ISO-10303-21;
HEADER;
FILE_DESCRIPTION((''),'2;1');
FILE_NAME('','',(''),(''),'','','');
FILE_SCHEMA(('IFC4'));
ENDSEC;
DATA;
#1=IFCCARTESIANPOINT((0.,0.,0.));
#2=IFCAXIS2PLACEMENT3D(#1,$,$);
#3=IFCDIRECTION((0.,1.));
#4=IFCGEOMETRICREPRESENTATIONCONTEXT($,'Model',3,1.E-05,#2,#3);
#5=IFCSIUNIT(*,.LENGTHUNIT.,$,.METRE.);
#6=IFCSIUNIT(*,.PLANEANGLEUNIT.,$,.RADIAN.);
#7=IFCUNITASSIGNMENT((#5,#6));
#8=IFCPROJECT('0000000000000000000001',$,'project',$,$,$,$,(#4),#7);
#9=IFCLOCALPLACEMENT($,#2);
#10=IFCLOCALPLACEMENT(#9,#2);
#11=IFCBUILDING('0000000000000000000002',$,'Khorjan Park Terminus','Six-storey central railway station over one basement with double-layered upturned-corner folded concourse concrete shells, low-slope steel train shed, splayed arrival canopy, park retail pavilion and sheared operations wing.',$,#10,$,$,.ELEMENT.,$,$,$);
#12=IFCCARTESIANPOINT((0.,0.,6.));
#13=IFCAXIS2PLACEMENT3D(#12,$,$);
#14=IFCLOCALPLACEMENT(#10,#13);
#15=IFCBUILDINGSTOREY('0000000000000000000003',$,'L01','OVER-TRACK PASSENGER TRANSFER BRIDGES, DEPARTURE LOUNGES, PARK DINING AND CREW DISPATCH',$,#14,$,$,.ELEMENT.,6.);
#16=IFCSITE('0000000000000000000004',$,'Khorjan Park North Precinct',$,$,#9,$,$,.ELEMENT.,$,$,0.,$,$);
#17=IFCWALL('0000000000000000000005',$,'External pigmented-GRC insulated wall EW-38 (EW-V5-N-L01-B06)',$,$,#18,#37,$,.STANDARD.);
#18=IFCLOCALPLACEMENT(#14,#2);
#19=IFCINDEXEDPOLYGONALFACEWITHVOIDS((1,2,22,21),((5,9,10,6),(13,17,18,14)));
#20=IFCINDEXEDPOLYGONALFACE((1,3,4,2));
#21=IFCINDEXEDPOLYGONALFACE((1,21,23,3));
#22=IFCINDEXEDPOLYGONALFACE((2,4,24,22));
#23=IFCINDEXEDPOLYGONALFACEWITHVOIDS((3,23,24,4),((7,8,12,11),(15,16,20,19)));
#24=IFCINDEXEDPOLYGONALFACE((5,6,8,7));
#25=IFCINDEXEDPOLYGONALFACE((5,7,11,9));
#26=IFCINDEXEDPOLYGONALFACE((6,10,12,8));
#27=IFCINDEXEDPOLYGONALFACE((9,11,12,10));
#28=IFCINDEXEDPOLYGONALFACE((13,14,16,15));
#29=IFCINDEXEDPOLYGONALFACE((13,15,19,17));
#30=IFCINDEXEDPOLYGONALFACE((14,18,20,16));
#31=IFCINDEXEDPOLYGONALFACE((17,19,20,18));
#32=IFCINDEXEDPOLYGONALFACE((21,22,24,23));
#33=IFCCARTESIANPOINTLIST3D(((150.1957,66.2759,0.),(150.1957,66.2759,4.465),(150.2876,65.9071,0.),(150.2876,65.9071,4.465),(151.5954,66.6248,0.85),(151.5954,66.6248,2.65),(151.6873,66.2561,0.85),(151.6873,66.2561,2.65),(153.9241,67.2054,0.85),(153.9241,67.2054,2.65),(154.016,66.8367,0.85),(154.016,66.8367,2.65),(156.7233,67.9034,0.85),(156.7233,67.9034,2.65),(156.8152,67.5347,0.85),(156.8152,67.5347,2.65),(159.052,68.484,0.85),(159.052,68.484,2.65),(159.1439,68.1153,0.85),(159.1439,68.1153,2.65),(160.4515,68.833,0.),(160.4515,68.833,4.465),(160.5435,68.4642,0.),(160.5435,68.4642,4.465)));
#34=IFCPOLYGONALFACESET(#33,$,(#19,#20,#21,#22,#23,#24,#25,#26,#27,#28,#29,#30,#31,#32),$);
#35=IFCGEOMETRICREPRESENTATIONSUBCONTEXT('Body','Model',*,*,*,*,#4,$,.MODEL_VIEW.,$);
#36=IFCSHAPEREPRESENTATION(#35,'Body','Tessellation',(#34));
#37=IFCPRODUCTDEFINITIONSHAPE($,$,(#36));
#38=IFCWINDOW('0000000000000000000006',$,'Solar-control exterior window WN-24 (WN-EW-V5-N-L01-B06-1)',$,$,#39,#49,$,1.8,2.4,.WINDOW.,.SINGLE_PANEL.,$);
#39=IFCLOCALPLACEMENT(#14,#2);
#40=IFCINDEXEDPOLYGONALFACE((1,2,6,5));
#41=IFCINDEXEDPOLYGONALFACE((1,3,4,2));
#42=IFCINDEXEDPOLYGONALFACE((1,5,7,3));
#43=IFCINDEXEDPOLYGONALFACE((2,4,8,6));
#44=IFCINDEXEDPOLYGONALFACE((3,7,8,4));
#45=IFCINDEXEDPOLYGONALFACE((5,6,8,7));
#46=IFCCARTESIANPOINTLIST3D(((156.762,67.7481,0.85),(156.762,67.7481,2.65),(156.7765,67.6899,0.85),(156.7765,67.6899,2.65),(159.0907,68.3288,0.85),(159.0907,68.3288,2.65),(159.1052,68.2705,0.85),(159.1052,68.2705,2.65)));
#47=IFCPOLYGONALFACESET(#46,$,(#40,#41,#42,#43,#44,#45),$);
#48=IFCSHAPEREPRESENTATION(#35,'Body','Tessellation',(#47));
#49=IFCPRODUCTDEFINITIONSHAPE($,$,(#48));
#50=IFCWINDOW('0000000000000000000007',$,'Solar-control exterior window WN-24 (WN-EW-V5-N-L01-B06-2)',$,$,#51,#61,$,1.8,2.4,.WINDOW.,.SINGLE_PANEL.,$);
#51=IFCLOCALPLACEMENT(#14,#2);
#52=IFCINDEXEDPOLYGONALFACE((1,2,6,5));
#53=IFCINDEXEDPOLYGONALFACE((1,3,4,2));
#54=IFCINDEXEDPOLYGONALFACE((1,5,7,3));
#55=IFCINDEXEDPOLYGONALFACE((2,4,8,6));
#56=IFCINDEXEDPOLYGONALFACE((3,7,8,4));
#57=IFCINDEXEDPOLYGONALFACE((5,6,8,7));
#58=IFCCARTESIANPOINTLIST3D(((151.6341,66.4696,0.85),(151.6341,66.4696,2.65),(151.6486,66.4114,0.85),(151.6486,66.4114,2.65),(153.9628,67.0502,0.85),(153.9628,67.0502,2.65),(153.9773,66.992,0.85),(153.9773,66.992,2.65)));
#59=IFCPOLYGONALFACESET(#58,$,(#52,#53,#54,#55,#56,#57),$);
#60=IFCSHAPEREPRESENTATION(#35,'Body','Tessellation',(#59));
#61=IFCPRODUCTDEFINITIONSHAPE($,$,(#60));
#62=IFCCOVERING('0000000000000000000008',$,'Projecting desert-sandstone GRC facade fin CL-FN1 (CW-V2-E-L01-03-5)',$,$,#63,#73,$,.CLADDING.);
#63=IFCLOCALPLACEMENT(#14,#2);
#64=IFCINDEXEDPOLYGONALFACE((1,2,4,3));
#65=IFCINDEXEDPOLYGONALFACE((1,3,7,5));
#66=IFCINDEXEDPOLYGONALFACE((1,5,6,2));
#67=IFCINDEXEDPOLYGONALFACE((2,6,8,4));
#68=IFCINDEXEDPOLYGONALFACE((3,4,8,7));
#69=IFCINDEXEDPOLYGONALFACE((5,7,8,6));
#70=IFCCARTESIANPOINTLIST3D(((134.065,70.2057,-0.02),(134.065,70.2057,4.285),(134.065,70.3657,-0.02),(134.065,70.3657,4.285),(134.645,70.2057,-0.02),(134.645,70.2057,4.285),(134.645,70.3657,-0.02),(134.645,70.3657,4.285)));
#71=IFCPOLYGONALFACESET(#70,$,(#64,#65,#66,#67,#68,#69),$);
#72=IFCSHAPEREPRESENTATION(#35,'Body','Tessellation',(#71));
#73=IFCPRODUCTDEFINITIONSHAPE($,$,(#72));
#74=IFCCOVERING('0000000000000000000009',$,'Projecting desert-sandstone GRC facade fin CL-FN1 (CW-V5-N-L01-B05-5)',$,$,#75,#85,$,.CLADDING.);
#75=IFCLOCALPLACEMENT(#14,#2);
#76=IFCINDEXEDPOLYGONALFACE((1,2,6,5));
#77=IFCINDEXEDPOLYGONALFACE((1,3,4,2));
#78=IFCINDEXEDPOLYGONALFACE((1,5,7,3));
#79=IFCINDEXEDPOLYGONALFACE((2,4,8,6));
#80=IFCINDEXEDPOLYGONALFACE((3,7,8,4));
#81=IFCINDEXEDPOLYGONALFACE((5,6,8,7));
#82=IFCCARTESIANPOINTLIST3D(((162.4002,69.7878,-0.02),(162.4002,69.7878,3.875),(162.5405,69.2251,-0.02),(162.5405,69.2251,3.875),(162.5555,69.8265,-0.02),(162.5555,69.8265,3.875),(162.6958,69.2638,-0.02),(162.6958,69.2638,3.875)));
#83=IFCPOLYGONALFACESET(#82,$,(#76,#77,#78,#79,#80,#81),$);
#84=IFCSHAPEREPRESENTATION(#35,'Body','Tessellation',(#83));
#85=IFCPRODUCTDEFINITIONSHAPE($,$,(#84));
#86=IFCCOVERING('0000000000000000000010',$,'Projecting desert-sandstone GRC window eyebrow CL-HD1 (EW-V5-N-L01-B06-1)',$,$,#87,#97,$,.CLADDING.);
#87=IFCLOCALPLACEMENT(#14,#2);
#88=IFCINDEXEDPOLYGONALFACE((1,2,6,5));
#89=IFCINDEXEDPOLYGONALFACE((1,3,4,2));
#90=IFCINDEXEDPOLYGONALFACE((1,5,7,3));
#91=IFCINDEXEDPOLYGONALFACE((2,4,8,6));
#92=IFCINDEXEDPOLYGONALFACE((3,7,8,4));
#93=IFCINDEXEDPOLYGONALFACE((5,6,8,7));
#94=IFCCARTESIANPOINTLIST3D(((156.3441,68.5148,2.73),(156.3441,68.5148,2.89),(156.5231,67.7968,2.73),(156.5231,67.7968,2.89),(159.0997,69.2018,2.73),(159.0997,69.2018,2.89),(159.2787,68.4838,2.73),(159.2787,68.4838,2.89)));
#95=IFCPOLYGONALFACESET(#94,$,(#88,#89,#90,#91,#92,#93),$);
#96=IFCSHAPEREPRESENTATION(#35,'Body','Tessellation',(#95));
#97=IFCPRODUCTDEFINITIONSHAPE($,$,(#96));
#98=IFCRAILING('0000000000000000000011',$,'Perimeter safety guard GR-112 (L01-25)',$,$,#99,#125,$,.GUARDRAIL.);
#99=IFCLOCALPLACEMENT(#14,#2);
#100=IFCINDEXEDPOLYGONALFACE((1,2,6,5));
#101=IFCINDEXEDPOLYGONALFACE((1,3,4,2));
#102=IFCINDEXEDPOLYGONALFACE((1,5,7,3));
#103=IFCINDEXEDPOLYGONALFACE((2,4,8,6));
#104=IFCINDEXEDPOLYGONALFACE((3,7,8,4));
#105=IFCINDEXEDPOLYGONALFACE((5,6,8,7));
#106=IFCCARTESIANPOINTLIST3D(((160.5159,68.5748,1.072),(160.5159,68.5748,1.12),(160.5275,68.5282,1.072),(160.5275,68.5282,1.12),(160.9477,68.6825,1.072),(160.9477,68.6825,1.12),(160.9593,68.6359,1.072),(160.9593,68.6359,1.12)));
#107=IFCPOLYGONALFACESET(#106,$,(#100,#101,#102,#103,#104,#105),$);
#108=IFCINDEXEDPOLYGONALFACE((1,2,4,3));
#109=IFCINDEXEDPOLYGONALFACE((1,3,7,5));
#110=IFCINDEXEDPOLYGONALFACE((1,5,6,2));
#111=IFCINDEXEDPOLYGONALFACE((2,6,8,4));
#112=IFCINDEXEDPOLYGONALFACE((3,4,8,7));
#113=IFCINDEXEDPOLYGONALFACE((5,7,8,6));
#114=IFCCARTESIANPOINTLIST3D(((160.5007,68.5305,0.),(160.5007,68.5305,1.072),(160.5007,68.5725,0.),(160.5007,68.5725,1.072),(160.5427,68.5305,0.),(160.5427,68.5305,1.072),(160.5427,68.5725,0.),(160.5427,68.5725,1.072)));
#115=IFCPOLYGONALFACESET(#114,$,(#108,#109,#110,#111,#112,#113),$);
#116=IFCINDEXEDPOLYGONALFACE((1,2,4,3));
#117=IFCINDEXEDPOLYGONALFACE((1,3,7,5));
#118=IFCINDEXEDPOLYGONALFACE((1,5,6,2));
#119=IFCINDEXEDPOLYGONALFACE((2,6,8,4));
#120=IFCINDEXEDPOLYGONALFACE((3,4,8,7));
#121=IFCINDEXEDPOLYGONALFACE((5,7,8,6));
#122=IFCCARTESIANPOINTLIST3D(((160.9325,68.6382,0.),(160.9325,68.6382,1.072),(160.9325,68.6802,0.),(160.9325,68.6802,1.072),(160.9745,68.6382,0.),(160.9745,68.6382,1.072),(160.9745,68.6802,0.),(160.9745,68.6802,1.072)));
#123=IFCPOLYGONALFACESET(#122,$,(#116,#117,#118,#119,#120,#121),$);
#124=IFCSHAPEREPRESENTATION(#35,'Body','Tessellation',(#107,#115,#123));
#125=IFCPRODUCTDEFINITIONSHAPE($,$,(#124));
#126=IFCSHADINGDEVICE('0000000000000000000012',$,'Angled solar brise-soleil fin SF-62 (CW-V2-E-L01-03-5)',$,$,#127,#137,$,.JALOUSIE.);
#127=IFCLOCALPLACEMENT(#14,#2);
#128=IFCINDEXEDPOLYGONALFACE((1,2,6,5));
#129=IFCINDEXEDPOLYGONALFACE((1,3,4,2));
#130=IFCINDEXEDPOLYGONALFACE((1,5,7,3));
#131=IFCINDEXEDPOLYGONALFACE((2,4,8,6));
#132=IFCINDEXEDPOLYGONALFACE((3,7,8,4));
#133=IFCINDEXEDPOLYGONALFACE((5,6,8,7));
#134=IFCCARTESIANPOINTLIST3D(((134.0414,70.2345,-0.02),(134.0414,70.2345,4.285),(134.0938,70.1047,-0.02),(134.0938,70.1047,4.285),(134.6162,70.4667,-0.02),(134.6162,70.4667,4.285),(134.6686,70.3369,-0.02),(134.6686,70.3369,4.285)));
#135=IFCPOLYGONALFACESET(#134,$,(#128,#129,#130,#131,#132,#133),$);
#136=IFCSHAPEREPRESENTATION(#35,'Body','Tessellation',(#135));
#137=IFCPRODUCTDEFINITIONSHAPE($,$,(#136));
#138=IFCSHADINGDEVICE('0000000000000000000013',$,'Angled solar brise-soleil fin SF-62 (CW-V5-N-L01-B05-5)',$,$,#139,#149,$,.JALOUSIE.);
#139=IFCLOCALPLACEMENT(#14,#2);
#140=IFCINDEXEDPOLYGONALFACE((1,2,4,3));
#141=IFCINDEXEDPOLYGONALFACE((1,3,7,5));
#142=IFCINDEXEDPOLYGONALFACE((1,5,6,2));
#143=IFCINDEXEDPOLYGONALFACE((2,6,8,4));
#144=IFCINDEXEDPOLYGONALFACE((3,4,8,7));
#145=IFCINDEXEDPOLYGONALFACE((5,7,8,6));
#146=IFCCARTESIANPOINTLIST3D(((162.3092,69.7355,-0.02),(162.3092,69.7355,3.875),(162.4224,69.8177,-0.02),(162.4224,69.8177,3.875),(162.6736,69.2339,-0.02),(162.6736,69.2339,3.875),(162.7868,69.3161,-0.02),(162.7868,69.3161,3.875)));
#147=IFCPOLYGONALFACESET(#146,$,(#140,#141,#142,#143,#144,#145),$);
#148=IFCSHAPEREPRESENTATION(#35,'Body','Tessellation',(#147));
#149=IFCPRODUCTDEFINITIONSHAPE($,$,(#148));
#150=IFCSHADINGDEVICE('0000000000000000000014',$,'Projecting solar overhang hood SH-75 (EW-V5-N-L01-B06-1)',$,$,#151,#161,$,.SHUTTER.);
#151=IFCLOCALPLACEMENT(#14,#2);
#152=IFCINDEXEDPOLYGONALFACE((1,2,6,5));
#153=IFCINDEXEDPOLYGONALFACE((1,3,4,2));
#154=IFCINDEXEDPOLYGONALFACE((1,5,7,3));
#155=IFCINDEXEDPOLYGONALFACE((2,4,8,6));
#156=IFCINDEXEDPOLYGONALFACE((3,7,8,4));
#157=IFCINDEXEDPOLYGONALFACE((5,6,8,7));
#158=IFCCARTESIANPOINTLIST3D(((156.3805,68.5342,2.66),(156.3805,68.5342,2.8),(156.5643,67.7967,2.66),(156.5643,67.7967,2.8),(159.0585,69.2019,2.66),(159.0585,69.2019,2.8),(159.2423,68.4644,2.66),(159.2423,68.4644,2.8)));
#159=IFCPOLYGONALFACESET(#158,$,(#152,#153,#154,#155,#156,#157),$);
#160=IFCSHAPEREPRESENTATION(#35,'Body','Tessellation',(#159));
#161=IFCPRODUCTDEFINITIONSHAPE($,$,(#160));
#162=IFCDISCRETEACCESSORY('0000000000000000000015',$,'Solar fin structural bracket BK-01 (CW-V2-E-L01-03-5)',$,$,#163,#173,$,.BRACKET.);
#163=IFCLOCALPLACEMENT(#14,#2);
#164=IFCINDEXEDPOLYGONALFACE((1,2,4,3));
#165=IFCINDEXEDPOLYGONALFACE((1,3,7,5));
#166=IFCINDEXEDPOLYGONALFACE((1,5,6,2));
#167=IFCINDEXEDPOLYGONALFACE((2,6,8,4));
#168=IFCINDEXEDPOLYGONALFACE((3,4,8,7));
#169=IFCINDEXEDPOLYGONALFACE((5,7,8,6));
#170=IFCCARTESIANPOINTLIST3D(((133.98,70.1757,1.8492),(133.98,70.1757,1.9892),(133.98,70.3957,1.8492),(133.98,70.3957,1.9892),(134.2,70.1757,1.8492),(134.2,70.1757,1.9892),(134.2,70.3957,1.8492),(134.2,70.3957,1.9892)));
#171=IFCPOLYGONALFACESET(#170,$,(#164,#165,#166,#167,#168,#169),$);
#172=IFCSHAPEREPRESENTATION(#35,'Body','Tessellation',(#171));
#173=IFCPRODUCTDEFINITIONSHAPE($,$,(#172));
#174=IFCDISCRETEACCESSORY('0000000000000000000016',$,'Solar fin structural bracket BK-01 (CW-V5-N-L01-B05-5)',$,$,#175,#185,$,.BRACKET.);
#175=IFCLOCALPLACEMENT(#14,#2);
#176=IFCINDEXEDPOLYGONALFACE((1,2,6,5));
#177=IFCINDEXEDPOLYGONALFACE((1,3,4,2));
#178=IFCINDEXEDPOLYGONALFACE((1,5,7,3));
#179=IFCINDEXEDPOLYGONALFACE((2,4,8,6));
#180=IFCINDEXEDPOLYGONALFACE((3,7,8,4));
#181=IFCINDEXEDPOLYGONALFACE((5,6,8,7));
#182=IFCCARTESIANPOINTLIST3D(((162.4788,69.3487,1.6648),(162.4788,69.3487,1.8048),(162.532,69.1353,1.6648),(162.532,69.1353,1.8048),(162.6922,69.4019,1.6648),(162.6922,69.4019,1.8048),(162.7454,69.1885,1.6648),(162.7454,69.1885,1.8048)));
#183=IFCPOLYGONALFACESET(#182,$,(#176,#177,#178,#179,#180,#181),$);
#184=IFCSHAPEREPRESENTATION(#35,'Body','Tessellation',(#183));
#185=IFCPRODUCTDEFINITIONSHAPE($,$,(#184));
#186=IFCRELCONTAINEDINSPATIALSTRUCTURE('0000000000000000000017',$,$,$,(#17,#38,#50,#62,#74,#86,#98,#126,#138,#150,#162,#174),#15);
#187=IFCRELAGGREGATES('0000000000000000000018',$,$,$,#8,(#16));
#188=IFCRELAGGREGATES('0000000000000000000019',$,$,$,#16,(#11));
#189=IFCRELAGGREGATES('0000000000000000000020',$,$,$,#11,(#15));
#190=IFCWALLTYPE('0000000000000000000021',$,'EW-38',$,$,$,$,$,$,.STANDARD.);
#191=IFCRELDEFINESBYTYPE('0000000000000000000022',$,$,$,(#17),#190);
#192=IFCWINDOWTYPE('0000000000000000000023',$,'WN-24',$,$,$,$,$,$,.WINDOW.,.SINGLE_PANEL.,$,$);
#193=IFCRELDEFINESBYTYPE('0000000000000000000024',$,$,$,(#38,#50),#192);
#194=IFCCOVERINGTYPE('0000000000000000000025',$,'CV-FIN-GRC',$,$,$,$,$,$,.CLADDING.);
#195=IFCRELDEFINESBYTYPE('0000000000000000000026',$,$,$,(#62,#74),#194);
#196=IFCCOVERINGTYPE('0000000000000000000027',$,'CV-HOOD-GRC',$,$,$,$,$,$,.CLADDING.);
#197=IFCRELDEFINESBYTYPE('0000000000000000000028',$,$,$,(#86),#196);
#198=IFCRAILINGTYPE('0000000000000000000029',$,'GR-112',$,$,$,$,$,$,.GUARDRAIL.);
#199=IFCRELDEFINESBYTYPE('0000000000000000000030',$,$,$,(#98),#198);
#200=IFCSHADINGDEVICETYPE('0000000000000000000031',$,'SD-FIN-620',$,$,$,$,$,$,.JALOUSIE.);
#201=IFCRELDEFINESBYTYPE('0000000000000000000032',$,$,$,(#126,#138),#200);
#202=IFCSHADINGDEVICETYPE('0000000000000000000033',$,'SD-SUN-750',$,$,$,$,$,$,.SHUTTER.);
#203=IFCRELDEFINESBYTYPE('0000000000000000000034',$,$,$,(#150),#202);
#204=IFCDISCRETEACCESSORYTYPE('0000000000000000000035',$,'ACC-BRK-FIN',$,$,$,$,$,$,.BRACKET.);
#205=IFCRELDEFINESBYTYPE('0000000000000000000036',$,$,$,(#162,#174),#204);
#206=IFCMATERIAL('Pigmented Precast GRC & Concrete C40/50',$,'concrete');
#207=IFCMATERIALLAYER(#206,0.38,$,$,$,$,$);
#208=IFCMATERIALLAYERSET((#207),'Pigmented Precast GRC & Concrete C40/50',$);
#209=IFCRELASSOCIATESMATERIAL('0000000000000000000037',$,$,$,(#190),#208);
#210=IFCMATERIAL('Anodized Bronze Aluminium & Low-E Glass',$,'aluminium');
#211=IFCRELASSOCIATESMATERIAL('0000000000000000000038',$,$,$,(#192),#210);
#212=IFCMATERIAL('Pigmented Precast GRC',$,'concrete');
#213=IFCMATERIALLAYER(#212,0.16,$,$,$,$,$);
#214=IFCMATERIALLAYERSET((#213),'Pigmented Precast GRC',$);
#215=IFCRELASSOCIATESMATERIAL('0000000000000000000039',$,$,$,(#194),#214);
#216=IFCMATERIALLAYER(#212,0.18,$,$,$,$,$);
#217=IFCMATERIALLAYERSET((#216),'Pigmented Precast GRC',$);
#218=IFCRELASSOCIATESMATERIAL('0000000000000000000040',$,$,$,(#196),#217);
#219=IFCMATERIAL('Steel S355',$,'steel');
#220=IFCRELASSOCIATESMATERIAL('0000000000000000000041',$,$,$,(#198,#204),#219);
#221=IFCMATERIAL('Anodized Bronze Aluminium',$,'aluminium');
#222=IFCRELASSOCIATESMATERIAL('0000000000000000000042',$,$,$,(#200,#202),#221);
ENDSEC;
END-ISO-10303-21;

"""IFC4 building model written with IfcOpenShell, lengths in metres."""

from ifc_helpers import new_model, si_unit, direction, frame, frame_2d, origin, origin_2d, place, context, subcontext, project, spatial, rectangle, extrude, material, layer, layer_set, type_object, element, fill, save


model = new_model("IFC4")

# Units and contexts
model_context = context("Model", 3, precision=1e-05, world=origin(), true_north=direction((0.0, 1.0)))
body_context = subcontext(model_context, "Body", "Model", "MODEL_VIEW")
ifc_project = project(units=[si_unit("LENGTHUNIT", "METRE"), si_unit("PLANEANGLEUNIT", "RADIAN")], contexts=[model_context])

# Site, building, storey
site_placement = place(None, origin())
site = spatial("IfcSite", under=ifc_project, at=site_placement, Name="Khorjan Park North Precinct", CompositionType="ELEMENT", RefElevation=0.0)
building_placement = place(site_placement, origin())
building = spatial("IfcBuilding", under=site, at=building_placement, Name="Khorjan Park Terminus", Description="Six-storey central railway station over one basement with double-layered upturned-corner folded concourse concrete shells, low-slope steel train shed, splayed arrival canopy, park retail pavilion and sheared operations wing.", CompositionType="ELEMENT")
storey_placement = place(building_placement, frame((0.0, 0.0, 6.0)))
storey = spatial("IfcBuildingStorey", under=building, at=storey_placement, Name="L01", Description="OVER-TRACK PASSENGER TRANSFER BRIDGES, DEPARTURE LOUNGES, PARK DINING AND CREW DISPATCH", CompositionType="ELEMENT", Elevation=6.0)

# Shared definitions
ifc_material_1 = material(Name="Anodized Bronze Aluminium", Category="aluminium")

# Wall, openings, windows
ifc_material_2 = material(Name="Pigmented Precast GRC & Concrete C40/50", Category="concrete")
ifc_layer_1 = layer(ifc_material_2, 0.38)
ifc_layer_set_1 = layer_set([ifc_layer_1], Name="Pigmented Precast GRC & Concrete C40/50")
wall_type = type_object("IfcWallType", Name="EW-38", PredefinedType="STANDARD", material=ifc_layer_set_1)
wall_placement = place(storey_placement, frame((160.4975, 68.6486, 0.0), z_axis=(0.0, 0.0, 1.0), x_axis=(-0.970295, -0.241926, 0.0)))
wall = element("IfcWall", 1, at=wall_placement, inside=storey, type_object=wall_type, Name="External pigmented-GRC insulated wall EW-38 (EW-V5-N-L01-B06)", PredefinedType="STANDARD", context=body_context, shape_type="SweptSolid", body=[
    extrude(rectangle(XDim=10.5698, YDim=0.38, at=frame_2d((5.2849, 0.0))), origin(), (0.0, 0.0, 1.0), 4.465),
])
opening_1_placement = place(wall_placement, frame((1.4424, 0.0, 0.85)))
opening_1 = element("IfcOpeningElement", 2, at=opening_1_placement, cuts=wall, PredefinedType="OPENING", context=body_context, shape_type="SweptSolid", body=[
    extrude(rectangle(XDim=2.4, YDim=1.8, at=frame_2d((1.2, 0.9))), frame((0.0, 0.2, 0.0), z_axis=(0.0, -1.0, 0.0), x_axis=(1.0, 0.0, 0.0)), (0.0, 0.0, 1.0), 0.4),
])
opening_2_placement = place(wall_placement, frame((6.7273, 0.0, 0.85)))
opening_2 = element("IfcOpeningElement", 3, at=opening_2_placement, cuts=wall, PredefinedType="OPENING", context=body_context, shape_type="SweptSolid", body=[
    extrude(rectangle(XDim=2.4, YDim=1.8, at=frame_2d((1.2, 0.9))), frame((0.0, 0.2, 0.0), z_axis=(0.0, -1.0, 0.0), x_axis=(1.0, 0.0, 0.0)), (0.0, 0.0, 1.0), 0.4),
])
ifc_material_3 = material(Name="Anodized Bronze Aluminium & Low-E Glass", Category="aluminium")
window_type = type_object("IfcWindowType", Name="WN-24", PartitioningType="SINGLE_PANEL", PredefinedType="WINDOW", material=ifc_material_3)
window_1_placement = place(opening_1_placement, origin())
window_1 = element("IfcWindow", 4, at=window_1_placement, inside=storey, type_object=window_type, Name="Solar-control exterior window WN-24 (WN-EW-V5-N-L01-B06-1)", OverallHeight=1.8, OverallWidth=2.4, PartitioningType="SINGLE_PANEL", PredefinedType="WINDOW", context=body_context, shape_type="SweptSolid", body=[
    extrude(rectangle(XDim=2.4, YDim=1.8, at=frame_2d((1.2, 0.9))), frame((0.0, 0.03, 0.0), z_axis=(0.0, -1.0, 0.0), x_axis=(1.0, 0.0, 0.0)), (0.0, 0.0, 1.0), 0.06),
])
fill(opening_1, window_1)
window_2_placement = place(opening_2_placement, origin())
window_2 = element("IfcWindow", 5, at=window_2_placement, inside=storey, type_object=window_type, Name="Solar-control exterior window WN-24 (WN-EW-V5-N-L01-B06-2)", OverallHeight=1.8, OverallWidth=2.4, PartitioningType="SINGLE_PANEL", PredefinedType="WINDOW", context=body_context, shape_type="SweptSolid", body=[
    extrude(rectangle(XDim=2.4, YDim=1.8, at=frame_2d((1.2, 0.9))), frame((0.0, 0.03, 0.0), z_axis=(0.0, -1.0, 0.0), x_axis=(1.0, 0.0, 0.0)), (0.0, 0.0, 1.0), 0.06),
])
fill(opening_2, window_2)

# Coverings
ifc_material_4 = material(Name="Pigmented Precast GRC", Category="concrete")
ifc_layer_2 = layer(ifc_material_4, 0.16)
ifc_layer_set_2 = layer_set([ifc_layer_2], Name="Pigmented Precast GRC")
covering_type_1 = type_object("IfcCoveringType", Name="CV-FIN-GRC", PredefinedType="CLADDING", material=ifc_layer_set_2)
covering_1_placement = place(storey_placement, frame((134.355, 70.2857, -0.02), z_axis=(0.0, 0.0, 1.0), x_axis=(-1.0, 0.0, 0.0)))
element("IfcCovering", 6, at=covering_1_placement, inside=storey, type_object=covering_type_1, Name="Projecting desert-sandstone GRC facade fin CL-FN1 (CW-V2-E-L01-03-5)", PredefinedType="CLADDING", context=body_context, shape_type="SweptSolid", body=[
    extrude(rectangle(XDim=0.58, YDim=0.16, at=origin_2d()), origin(), (0.0, 0.0, 1.0), 4.305),
])
covering_2_placement = place(storey_placement, frame((162.548, 69.5258, -0.02), z_axis=(0.0, 0.0, 1.0), x_axis=(0.241922, -0.970296, 0.0)))
element("IfcCovering", 7, at=covering_2_placement, inside=storey, type_object=covering_type_1, Name="Projecting desert-sandstone GRC facade fin CL-FN1 (CW-V5-N-L01-B05-5)", PredefinedType="CLADDING", context=body_context, shape_type="SweptSolid", body=[
    extrude(rectangle(XDim=0.58, YDim=0.16, at=origin_2d()), origin(), (0.0, 0.0, 1.0), 3.895),
])
ifc_layer_3 = layer(ifc_material_4, 0.18)
ifc_layer_set_3 = layer_set([ifc_layer_3], Name="Pigmented Precast GRC")
covering_type_2 = type_object("IfcCoveringType", Name="CV-HOOD-GRC", PredefinedType="CLADDING", material=ifc_layer_set_3)
covering_3_placement = place(storey_placement, frame((157.8114, 68.4993, 2.73), z_axis=(0.0, 0.0, 1.0), x_axis=(-0.970295, -0.241926, 0.0)))
element("IfcCovering", 8, at=covering_3_placement, inside=storey, type_object=covering_type_2, Name="Projecting desert-sandstone GRC window eyebrow CL-HD1 (EW-V5-N-L01-B06-1)", PredefinedType="CLADDING", context=body_context, shape_type="SweptSolid", body=[
    extrude(rectangle(XDim=2.84, YDim=0.74, at=origin_2d()), origin(), (0.0, 0.0, 1.0), 0.16),
])

# Railing
ifc_material_5 = material(Name="Steel S355", Category="steel")
railing_type = type_object("IfcRailingType", Name="GR-112", PredefinedType="GUARDRAIL", material=ifc_material_5)
railing_placement = place(storey_placement, frame((160.5217, 68.5515, 0.0)))
element("IfcRailing", 9, at=railing_placement, inside=storey, type_object=railing_type, Name="Perimeter safety guard GR-112 (L01-25)", PredefinedType="GUARDRAIL", context=body_context, shape_type="SweptSolid", body=[
    extrude(rectangle(XDim=0.048, YDim=0.048, at=origin_2d()), frame((0.0, 0.0, 1.096), z_axis=(0.970275, 0.242007, 0.0), x_axis=(-0.242007, 0.970275, 0.0)), (0.0, 0.0, 1.0), 0.445),
    extrude(rectangle(XDim=0.042, YDim=0.042, at=origin_2d()), origin(), (0.0, 0.0, 1.0), 1.072),
    extrude(rectangle(XDim=0.042, YDim=0.042, at=origin_2d()), frame((0.4318, 0.1077, 0.0)), (0.0, 0.0, 1.0), 1.072),
])

# Shading devices
shading_device_type_1 = type_object("IfcShadingDeviceType", Name="SD-FIN-620", PredefinedType="JALOUSIE", material=ifc_material_1)
shading_device_1_placement = place(storey_placement, frame((134.355, 70.2857, -0.02), z_axis=(0.0, 0.0, 1.0), x_axis=(-0.927184, -0.374607, 0.0)))
element("IfcShadingDevice", 10, at=shading_device_1_placement, inside=storey, type_object=shading_device_type_1, Name="Angled solar brise-soleil fin SF-62 (CW-V2-E-L01-03-5)", PredefinedType="JALOUSIE", context=body_context, shape_type="SweptSolid", body=[
    extrude(rectangle(XDim=0.62, YDim=0.14, at=origin_2d()), origin(), (0.0, 0.0, 1.0), 4.305),
])
shading_device_2_placement = place(storey_placement, frame((162.548, 69.5258, -0.02), z_axis=(0.0, 0.0, 1.0), x_axis=(0.587785, -0.809017, 0.0)))
element("IfcShadingDevice", 11, at=shading_device_2_placement, inside=storey, type_object=shading_device_type_1, Name="Angled solar brise-soleil fin SF-62 (CW-V5-N-L01-B05-5)", PredefinedType="JALOUSIE", context=body_context, shape_type="SweptSolid", body=[
    extrude(rectangle(XDim=0.62, YDim=0.14, at=origin_2d()), origin(), (0.0, 0.0, 1.0), 3.895),
])
shading_device_type_2 = type_object("IfcShadingDeviceType", Name="SD-SUN-750", PredefinedType="SHUTTER", material=ifc_material_1)
shading_device_3_placement = place(storey_placement, frame((157.8114, 68.4993, 2.66), z_axis=(0.0, 0.0, 1.0), x_axis=(-0.970295, -0.241926, 0.0)))
element("IfcShadingDevice", 12, at=shading_device_3_placement, inside=storey, type_object=shading_device_type_2, Name="Projecting solar overhang hood SH-75 (EW-V5-N-L01-B06-1)", PredefinedType="SHUTTER", context=body_context, shape_type="SweptSolid", body=[
    extrude(rectangle(XDim=2.76, YDim=0.76, at=origin_2d()), origin(), (0.0, 0.0, 1.0), 0.14),
])

# Discrete accessories
discrete_accessory_type = type_object("IfcDiscreteAccessoryType", Name="ACC-BRK-FIN", PredefinedType="BRACKET", material=ifc_material_5)
for number, where, z_axis, x_axis, name in (
    (13, (134.09, 70.2857, 1.8492), (0.0, 0.0, 1.0), (0.0, 1.0, 0.0), "Solar fin structural bracket BK-01 (CW-V2-E-L01-03-5)"),
    (14, (162.6121, 69.2686, 1.6648), (0.0, 0.0, 1.0), (-0.970299, -0.241911, 0.0), "Solar fin structural bracket BK-01 (CW-V5-N-L01-B05-5)"),
):
    element("IfcDiscreteAccessory", number, at=place(storey_placement, frame(where, z_axis=z_axis, x_axis=x_axis)), inside=storey, type_object=discrete_accessory_type, Name=name, PredefinedType="BRACKET", context=body_context, shape_type="SweptSolid", body=[
        extrude(rectangle(XDim=0.22, YDim=0.22, at=origin_2d()), origin(), (0.0, 0.0, 1.0), 0.14),
    ])

save(model, "model.ifc")
